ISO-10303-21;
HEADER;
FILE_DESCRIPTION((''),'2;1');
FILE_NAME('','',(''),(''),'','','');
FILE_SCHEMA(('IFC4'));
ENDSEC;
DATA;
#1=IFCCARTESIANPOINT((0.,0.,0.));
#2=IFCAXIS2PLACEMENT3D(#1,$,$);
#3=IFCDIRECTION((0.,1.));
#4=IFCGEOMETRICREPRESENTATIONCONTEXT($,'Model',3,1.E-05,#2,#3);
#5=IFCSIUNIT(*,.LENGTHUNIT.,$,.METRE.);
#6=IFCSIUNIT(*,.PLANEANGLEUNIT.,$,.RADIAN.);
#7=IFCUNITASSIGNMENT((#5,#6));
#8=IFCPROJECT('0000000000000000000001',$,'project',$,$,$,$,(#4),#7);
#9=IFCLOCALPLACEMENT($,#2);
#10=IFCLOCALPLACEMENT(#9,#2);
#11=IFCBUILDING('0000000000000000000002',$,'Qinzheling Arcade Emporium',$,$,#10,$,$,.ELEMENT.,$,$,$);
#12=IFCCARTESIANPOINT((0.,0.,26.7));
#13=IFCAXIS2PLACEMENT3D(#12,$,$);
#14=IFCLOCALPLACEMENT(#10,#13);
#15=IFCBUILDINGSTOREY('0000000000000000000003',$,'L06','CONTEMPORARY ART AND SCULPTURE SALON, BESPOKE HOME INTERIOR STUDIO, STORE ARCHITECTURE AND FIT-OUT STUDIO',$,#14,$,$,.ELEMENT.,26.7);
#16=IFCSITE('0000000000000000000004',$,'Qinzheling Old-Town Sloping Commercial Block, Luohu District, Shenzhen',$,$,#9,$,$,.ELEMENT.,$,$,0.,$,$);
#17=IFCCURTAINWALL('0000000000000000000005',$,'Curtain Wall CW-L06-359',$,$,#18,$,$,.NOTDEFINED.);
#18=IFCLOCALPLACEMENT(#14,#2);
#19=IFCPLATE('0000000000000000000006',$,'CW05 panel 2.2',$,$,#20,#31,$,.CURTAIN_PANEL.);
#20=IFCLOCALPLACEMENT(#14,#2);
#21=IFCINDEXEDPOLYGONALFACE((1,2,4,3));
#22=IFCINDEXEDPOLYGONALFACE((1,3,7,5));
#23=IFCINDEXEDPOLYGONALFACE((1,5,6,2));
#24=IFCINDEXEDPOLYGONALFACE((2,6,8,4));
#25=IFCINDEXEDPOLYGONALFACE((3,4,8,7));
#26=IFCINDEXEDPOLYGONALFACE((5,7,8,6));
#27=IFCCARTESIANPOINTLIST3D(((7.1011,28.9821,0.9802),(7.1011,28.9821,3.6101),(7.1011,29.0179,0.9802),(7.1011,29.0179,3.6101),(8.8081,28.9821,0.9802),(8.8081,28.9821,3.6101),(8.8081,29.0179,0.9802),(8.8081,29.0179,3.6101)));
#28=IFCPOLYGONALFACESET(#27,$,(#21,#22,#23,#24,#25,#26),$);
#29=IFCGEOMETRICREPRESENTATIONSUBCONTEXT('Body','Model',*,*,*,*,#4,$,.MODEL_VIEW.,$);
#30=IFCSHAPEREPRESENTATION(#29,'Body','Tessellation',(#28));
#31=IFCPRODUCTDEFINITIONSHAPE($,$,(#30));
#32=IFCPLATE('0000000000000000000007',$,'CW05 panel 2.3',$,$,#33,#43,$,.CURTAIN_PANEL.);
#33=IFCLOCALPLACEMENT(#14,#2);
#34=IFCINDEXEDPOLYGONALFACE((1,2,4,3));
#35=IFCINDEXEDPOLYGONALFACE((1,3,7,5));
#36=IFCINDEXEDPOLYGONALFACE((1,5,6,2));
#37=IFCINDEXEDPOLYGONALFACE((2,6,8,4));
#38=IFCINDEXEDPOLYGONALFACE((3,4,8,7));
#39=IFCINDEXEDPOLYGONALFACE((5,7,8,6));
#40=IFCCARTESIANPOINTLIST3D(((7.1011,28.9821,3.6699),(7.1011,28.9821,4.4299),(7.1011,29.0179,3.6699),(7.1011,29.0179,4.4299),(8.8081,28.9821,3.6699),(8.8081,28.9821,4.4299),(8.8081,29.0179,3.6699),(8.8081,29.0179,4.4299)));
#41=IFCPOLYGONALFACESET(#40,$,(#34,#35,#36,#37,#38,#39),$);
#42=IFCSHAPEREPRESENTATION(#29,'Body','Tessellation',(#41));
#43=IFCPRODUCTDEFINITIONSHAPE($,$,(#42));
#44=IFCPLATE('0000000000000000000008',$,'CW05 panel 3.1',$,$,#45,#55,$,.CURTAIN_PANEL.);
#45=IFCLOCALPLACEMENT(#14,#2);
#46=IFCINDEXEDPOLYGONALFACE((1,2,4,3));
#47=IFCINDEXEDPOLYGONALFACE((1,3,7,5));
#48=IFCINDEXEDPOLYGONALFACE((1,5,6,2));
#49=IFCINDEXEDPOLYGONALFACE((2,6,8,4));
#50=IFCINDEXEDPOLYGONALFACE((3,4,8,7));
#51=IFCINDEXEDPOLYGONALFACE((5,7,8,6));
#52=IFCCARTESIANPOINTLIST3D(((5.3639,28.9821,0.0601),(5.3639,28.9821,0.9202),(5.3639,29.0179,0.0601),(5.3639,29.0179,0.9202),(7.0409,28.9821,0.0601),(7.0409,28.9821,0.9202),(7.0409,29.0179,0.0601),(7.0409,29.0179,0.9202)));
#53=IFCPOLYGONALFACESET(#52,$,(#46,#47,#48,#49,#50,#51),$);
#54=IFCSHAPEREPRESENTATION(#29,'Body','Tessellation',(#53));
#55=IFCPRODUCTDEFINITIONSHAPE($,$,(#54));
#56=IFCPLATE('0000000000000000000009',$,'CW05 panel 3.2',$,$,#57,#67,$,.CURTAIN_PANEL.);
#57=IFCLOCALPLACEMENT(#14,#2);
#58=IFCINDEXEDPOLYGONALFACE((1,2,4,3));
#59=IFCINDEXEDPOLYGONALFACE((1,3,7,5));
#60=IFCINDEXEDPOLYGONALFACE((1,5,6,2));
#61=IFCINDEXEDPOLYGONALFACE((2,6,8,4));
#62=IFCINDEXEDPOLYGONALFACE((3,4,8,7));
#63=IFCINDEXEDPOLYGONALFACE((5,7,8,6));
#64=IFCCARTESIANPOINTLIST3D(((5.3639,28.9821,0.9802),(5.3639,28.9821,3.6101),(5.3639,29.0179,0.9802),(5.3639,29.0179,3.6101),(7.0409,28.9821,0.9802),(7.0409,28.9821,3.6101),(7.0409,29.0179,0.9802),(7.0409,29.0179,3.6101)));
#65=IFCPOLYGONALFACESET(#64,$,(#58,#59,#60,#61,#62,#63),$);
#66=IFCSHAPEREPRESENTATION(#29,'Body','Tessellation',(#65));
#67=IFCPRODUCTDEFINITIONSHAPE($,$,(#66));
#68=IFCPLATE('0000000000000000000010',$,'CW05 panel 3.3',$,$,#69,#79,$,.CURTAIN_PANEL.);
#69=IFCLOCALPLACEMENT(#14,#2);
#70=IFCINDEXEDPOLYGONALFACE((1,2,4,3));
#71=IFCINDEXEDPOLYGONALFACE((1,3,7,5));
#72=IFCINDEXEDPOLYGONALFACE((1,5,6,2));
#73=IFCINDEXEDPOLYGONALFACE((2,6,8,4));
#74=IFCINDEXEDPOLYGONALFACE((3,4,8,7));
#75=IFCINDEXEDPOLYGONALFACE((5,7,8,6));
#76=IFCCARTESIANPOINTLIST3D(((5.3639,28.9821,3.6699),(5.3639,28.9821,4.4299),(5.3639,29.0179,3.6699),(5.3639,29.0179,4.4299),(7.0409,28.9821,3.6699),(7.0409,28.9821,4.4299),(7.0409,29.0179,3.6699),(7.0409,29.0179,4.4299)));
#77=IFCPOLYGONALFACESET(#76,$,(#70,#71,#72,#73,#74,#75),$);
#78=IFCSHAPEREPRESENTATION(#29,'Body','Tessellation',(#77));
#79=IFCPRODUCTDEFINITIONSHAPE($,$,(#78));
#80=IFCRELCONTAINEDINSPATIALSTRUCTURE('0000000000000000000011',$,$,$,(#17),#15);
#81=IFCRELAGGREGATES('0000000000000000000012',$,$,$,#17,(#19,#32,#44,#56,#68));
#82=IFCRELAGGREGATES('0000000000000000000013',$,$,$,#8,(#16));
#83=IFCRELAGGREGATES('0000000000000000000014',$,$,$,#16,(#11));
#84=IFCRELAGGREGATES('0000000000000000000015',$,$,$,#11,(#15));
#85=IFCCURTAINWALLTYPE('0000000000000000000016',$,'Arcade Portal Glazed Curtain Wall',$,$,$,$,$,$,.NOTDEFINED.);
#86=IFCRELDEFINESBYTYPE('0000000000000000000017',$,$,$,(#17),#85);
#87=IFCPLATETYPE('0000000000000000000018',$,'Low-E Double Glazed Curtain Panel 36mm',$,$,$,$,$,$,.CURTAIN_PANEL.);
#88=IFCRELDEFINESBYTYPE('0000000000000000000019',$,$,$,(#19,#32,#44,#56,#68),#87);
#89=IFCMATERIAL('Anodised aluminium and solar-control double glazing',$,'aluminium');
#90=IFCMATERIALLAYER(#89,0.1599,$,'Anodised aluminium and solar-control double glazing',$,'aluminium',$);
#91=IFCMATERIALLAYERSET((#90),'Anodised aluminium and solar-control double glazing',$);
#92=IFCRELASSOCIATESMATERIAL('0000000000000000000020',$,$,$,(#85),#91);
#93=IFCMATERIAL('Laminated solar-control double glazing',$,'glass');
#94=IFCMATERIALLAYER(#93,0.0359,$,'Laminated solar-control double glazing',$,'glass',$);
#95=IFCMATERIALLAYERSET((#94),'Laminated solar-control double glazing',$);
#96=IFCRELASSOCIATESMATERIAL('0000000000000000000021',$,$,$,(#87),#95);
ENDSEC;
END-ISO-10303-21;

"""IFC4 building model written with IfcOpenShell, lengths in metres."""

from ifc_helpers import new_model, si_unit, direction, frame, origin, origin_2d, place, context, subcontext, project, spatial, rectangle, extrude, material, layer, layer_set, type_object, element, aggregate, save


model = new_model("IFC4")

# Units and contexts
model_context = context("Model", 3, precision=1e-05, world=origin(), true_north=direction((0.0, 1.0)))
body_context = subcontext(model_context, "Body", "Model", "MODEL_VIEW")
ifc_project = project(units=[si_unit("LENGTHUNIT", "METRE"), si_unit("PLANEANGLEUNIT", "RADIAN")], contexts=[model_context])

# Site, building, storey
site_placement = place(None, origin())
site = spatial("IfcSite", under=ifc_project, at=site_placement, Name="Qinzheling Old-Town Sloping Commercial Block, Luohu District, Shenzhen", CompositionType="ELEMENT", RefElevation=0.0)
building_placement = place(site_placement, origin())
building = spatial("IfcBuilding", under=site, at=building_placement, Name="Qinzheling Arcade Emporium", CompositionType="ELEMENT")
storey_placement = place(building_placement, frame((0.0, 0.0, 26.7)))
storey = spatial("IfcBuildingStorey", under=building, at=storey_placement, Name="L06", Description="CONTEMPORARY ART AND SCULPTURE SALON, BESPOKE HOME INTERIOR STUDIO, STORE ARCHITECTURE AND FIT-OUT STUDIO", CompositionType="ELEMENT", Elevation=26.7)

# Shared definitions
ifc_material_1 = material(Name="Anodised aluminium and solar-control double glazing", Category="aluminium")

# Curtain wall
ifc_layer_1 = layer(ifc_material_1, 0.1599, Name="Anodised aluminium and solar-control double glazing", Category="aluminium")
ifc_layer_set_1 = layer_set([ifc_layer_1], Name="Anodised aluminium and solar-control double glazing")
curtain_wall_type_1 = type_object("IfcCurtainWallType", Name="Arcade Portal Glazed Curtain Wall", PredefinedType="NOTDEFINED", material=ifc_layer_set_1)
curtain_wall_1_placement = place(storey_placement, origin())
curtain_wall_1 = element("IfcCurtainWall", 1, at=curtain_wall_1_placement, inside=storey, type_object=curtain_wall_type_1, Name="Curtain Wall CW-L06-359", PredefinedType="NOTDEFINED")

# Plates
ifc_material_2 = material(Name="Laminated solar-control double glazing", Category="glass")
ifc_layer_2 = layer(ifc_material_2, 0.0359, Name="Laminated solar-control double glazing", Category="glass")
ifc_layer_set_2 = layer_set([ifc_layer_2], Name="Laminated solar-control double glazing")
plate_type = type_object("IfcPlateType", Name="Low-E Double Glazed Curtain Panel 36mm", PredefinedType="CURTAIN_PANEL", material=ifc_layer_set_2)
plate_1_placement = place(storey_placement, frame((7.9546, 29.0, 0.9802), z_axis=(0.0, 0.0, 1.0), x_axis=(-1.0, 0.0, 0.0)))
plate_1 = element("IfcPlate", 2, at=plate_1_placement, type_object=plate_type, Name="CW05 panel 2.2", PredefinedType="CURTAIN_PANEL", context=body_context, shape_type="SweptSolid", body=[
    extrude(rectangle(XDim=1.707, YDim=0.0359, at=origin_2d()), origin(), (0.0, 0.0, 1.0), 2.6299),
])
plate_2_placement = place(storey_placement, frame((7.9546, 29.0, 3.6699), z_axis=(0.0, 0.0, 1.0), x_axis=(-1.0, 0.0, 0.0)))
plate_2 = element("IfcPlate", 3, at=plate_2_placement, type_object=plate_type, Name="CW05 panel 2.3", PredefinedType="CURTAIN_PANEL", context=body_context, shape_type="SweptSolid", body=[
    extrude(rectangle(XDim=1.707, YDim=0.0359, at=origin_2d()), origin(), (0.0, 0.0, 1.0), 0.76),
])
plate_3_placement = place(storey_placement, frame((6.2024, 29.0, 0.0601), z_axis=(0.0, 0.0, 1.0), x_axis=(-1.0, 0.0, 0.0)))
plate_3 = element("IfcPlate", 4, at=plate_3_placement, type_object=plate_type, Name="CW05 panel 3.1", PredefinedType="CURTAIN_PANEL", context=body_context, shape_type="SweptSolid", body=[
    extrude(rectangle(XDim=1.677, YDim=0.0359, at=origin_2d()), origin(), (0.0, 0.0, 1.0), 0.8601),
])
plate_4_placement = place(storey_placement, frame((6.2024, 29.0, 0.9802), z_axis=(0.0, 0.0, 1.0), x_axis=(-1.0, 0.0, 0.0)))
plate_4 = element("IfcPlate", 5, at=plate_4_placement, type_object=plate_type, Name="CW05 panel 3.2", PredefinedType="CURTAIN_PANEL", context=body_context, shape_type="SweptSolid", body=[
    extrude(rectangle(XDim=1.677, YDim=0.0359, at=origin_2d()), origin(), (0.0, 0.0, 1.0), 2.6299),
])
plate_5_placement = place(storey_placement, frame((6.2024, 29.0, 3.6699), z_axis=(0.0, 0.0, 1.0), x_axis=(-1.0, 0.0, 0.0)))
plate_5 = element("IfcPlate", 6, at=plate_5_placement, type_object=plate_type, Name="CW05 panel 3.3", PredefinedType="CURTAIN_PANEL", context=body_context, shape_type="SweptSolid", body=[
    extrude(rectangle(XDim=1.677, YDim=0.0359, at=origin_2d()), origin(), (0.0, 0.0, 1.0), 0.76),
])
aggregate(curtain_wall_1, [plate_1, plate_2, plate_3, plate_4, plate_5])

save(model, "model.ifc")
